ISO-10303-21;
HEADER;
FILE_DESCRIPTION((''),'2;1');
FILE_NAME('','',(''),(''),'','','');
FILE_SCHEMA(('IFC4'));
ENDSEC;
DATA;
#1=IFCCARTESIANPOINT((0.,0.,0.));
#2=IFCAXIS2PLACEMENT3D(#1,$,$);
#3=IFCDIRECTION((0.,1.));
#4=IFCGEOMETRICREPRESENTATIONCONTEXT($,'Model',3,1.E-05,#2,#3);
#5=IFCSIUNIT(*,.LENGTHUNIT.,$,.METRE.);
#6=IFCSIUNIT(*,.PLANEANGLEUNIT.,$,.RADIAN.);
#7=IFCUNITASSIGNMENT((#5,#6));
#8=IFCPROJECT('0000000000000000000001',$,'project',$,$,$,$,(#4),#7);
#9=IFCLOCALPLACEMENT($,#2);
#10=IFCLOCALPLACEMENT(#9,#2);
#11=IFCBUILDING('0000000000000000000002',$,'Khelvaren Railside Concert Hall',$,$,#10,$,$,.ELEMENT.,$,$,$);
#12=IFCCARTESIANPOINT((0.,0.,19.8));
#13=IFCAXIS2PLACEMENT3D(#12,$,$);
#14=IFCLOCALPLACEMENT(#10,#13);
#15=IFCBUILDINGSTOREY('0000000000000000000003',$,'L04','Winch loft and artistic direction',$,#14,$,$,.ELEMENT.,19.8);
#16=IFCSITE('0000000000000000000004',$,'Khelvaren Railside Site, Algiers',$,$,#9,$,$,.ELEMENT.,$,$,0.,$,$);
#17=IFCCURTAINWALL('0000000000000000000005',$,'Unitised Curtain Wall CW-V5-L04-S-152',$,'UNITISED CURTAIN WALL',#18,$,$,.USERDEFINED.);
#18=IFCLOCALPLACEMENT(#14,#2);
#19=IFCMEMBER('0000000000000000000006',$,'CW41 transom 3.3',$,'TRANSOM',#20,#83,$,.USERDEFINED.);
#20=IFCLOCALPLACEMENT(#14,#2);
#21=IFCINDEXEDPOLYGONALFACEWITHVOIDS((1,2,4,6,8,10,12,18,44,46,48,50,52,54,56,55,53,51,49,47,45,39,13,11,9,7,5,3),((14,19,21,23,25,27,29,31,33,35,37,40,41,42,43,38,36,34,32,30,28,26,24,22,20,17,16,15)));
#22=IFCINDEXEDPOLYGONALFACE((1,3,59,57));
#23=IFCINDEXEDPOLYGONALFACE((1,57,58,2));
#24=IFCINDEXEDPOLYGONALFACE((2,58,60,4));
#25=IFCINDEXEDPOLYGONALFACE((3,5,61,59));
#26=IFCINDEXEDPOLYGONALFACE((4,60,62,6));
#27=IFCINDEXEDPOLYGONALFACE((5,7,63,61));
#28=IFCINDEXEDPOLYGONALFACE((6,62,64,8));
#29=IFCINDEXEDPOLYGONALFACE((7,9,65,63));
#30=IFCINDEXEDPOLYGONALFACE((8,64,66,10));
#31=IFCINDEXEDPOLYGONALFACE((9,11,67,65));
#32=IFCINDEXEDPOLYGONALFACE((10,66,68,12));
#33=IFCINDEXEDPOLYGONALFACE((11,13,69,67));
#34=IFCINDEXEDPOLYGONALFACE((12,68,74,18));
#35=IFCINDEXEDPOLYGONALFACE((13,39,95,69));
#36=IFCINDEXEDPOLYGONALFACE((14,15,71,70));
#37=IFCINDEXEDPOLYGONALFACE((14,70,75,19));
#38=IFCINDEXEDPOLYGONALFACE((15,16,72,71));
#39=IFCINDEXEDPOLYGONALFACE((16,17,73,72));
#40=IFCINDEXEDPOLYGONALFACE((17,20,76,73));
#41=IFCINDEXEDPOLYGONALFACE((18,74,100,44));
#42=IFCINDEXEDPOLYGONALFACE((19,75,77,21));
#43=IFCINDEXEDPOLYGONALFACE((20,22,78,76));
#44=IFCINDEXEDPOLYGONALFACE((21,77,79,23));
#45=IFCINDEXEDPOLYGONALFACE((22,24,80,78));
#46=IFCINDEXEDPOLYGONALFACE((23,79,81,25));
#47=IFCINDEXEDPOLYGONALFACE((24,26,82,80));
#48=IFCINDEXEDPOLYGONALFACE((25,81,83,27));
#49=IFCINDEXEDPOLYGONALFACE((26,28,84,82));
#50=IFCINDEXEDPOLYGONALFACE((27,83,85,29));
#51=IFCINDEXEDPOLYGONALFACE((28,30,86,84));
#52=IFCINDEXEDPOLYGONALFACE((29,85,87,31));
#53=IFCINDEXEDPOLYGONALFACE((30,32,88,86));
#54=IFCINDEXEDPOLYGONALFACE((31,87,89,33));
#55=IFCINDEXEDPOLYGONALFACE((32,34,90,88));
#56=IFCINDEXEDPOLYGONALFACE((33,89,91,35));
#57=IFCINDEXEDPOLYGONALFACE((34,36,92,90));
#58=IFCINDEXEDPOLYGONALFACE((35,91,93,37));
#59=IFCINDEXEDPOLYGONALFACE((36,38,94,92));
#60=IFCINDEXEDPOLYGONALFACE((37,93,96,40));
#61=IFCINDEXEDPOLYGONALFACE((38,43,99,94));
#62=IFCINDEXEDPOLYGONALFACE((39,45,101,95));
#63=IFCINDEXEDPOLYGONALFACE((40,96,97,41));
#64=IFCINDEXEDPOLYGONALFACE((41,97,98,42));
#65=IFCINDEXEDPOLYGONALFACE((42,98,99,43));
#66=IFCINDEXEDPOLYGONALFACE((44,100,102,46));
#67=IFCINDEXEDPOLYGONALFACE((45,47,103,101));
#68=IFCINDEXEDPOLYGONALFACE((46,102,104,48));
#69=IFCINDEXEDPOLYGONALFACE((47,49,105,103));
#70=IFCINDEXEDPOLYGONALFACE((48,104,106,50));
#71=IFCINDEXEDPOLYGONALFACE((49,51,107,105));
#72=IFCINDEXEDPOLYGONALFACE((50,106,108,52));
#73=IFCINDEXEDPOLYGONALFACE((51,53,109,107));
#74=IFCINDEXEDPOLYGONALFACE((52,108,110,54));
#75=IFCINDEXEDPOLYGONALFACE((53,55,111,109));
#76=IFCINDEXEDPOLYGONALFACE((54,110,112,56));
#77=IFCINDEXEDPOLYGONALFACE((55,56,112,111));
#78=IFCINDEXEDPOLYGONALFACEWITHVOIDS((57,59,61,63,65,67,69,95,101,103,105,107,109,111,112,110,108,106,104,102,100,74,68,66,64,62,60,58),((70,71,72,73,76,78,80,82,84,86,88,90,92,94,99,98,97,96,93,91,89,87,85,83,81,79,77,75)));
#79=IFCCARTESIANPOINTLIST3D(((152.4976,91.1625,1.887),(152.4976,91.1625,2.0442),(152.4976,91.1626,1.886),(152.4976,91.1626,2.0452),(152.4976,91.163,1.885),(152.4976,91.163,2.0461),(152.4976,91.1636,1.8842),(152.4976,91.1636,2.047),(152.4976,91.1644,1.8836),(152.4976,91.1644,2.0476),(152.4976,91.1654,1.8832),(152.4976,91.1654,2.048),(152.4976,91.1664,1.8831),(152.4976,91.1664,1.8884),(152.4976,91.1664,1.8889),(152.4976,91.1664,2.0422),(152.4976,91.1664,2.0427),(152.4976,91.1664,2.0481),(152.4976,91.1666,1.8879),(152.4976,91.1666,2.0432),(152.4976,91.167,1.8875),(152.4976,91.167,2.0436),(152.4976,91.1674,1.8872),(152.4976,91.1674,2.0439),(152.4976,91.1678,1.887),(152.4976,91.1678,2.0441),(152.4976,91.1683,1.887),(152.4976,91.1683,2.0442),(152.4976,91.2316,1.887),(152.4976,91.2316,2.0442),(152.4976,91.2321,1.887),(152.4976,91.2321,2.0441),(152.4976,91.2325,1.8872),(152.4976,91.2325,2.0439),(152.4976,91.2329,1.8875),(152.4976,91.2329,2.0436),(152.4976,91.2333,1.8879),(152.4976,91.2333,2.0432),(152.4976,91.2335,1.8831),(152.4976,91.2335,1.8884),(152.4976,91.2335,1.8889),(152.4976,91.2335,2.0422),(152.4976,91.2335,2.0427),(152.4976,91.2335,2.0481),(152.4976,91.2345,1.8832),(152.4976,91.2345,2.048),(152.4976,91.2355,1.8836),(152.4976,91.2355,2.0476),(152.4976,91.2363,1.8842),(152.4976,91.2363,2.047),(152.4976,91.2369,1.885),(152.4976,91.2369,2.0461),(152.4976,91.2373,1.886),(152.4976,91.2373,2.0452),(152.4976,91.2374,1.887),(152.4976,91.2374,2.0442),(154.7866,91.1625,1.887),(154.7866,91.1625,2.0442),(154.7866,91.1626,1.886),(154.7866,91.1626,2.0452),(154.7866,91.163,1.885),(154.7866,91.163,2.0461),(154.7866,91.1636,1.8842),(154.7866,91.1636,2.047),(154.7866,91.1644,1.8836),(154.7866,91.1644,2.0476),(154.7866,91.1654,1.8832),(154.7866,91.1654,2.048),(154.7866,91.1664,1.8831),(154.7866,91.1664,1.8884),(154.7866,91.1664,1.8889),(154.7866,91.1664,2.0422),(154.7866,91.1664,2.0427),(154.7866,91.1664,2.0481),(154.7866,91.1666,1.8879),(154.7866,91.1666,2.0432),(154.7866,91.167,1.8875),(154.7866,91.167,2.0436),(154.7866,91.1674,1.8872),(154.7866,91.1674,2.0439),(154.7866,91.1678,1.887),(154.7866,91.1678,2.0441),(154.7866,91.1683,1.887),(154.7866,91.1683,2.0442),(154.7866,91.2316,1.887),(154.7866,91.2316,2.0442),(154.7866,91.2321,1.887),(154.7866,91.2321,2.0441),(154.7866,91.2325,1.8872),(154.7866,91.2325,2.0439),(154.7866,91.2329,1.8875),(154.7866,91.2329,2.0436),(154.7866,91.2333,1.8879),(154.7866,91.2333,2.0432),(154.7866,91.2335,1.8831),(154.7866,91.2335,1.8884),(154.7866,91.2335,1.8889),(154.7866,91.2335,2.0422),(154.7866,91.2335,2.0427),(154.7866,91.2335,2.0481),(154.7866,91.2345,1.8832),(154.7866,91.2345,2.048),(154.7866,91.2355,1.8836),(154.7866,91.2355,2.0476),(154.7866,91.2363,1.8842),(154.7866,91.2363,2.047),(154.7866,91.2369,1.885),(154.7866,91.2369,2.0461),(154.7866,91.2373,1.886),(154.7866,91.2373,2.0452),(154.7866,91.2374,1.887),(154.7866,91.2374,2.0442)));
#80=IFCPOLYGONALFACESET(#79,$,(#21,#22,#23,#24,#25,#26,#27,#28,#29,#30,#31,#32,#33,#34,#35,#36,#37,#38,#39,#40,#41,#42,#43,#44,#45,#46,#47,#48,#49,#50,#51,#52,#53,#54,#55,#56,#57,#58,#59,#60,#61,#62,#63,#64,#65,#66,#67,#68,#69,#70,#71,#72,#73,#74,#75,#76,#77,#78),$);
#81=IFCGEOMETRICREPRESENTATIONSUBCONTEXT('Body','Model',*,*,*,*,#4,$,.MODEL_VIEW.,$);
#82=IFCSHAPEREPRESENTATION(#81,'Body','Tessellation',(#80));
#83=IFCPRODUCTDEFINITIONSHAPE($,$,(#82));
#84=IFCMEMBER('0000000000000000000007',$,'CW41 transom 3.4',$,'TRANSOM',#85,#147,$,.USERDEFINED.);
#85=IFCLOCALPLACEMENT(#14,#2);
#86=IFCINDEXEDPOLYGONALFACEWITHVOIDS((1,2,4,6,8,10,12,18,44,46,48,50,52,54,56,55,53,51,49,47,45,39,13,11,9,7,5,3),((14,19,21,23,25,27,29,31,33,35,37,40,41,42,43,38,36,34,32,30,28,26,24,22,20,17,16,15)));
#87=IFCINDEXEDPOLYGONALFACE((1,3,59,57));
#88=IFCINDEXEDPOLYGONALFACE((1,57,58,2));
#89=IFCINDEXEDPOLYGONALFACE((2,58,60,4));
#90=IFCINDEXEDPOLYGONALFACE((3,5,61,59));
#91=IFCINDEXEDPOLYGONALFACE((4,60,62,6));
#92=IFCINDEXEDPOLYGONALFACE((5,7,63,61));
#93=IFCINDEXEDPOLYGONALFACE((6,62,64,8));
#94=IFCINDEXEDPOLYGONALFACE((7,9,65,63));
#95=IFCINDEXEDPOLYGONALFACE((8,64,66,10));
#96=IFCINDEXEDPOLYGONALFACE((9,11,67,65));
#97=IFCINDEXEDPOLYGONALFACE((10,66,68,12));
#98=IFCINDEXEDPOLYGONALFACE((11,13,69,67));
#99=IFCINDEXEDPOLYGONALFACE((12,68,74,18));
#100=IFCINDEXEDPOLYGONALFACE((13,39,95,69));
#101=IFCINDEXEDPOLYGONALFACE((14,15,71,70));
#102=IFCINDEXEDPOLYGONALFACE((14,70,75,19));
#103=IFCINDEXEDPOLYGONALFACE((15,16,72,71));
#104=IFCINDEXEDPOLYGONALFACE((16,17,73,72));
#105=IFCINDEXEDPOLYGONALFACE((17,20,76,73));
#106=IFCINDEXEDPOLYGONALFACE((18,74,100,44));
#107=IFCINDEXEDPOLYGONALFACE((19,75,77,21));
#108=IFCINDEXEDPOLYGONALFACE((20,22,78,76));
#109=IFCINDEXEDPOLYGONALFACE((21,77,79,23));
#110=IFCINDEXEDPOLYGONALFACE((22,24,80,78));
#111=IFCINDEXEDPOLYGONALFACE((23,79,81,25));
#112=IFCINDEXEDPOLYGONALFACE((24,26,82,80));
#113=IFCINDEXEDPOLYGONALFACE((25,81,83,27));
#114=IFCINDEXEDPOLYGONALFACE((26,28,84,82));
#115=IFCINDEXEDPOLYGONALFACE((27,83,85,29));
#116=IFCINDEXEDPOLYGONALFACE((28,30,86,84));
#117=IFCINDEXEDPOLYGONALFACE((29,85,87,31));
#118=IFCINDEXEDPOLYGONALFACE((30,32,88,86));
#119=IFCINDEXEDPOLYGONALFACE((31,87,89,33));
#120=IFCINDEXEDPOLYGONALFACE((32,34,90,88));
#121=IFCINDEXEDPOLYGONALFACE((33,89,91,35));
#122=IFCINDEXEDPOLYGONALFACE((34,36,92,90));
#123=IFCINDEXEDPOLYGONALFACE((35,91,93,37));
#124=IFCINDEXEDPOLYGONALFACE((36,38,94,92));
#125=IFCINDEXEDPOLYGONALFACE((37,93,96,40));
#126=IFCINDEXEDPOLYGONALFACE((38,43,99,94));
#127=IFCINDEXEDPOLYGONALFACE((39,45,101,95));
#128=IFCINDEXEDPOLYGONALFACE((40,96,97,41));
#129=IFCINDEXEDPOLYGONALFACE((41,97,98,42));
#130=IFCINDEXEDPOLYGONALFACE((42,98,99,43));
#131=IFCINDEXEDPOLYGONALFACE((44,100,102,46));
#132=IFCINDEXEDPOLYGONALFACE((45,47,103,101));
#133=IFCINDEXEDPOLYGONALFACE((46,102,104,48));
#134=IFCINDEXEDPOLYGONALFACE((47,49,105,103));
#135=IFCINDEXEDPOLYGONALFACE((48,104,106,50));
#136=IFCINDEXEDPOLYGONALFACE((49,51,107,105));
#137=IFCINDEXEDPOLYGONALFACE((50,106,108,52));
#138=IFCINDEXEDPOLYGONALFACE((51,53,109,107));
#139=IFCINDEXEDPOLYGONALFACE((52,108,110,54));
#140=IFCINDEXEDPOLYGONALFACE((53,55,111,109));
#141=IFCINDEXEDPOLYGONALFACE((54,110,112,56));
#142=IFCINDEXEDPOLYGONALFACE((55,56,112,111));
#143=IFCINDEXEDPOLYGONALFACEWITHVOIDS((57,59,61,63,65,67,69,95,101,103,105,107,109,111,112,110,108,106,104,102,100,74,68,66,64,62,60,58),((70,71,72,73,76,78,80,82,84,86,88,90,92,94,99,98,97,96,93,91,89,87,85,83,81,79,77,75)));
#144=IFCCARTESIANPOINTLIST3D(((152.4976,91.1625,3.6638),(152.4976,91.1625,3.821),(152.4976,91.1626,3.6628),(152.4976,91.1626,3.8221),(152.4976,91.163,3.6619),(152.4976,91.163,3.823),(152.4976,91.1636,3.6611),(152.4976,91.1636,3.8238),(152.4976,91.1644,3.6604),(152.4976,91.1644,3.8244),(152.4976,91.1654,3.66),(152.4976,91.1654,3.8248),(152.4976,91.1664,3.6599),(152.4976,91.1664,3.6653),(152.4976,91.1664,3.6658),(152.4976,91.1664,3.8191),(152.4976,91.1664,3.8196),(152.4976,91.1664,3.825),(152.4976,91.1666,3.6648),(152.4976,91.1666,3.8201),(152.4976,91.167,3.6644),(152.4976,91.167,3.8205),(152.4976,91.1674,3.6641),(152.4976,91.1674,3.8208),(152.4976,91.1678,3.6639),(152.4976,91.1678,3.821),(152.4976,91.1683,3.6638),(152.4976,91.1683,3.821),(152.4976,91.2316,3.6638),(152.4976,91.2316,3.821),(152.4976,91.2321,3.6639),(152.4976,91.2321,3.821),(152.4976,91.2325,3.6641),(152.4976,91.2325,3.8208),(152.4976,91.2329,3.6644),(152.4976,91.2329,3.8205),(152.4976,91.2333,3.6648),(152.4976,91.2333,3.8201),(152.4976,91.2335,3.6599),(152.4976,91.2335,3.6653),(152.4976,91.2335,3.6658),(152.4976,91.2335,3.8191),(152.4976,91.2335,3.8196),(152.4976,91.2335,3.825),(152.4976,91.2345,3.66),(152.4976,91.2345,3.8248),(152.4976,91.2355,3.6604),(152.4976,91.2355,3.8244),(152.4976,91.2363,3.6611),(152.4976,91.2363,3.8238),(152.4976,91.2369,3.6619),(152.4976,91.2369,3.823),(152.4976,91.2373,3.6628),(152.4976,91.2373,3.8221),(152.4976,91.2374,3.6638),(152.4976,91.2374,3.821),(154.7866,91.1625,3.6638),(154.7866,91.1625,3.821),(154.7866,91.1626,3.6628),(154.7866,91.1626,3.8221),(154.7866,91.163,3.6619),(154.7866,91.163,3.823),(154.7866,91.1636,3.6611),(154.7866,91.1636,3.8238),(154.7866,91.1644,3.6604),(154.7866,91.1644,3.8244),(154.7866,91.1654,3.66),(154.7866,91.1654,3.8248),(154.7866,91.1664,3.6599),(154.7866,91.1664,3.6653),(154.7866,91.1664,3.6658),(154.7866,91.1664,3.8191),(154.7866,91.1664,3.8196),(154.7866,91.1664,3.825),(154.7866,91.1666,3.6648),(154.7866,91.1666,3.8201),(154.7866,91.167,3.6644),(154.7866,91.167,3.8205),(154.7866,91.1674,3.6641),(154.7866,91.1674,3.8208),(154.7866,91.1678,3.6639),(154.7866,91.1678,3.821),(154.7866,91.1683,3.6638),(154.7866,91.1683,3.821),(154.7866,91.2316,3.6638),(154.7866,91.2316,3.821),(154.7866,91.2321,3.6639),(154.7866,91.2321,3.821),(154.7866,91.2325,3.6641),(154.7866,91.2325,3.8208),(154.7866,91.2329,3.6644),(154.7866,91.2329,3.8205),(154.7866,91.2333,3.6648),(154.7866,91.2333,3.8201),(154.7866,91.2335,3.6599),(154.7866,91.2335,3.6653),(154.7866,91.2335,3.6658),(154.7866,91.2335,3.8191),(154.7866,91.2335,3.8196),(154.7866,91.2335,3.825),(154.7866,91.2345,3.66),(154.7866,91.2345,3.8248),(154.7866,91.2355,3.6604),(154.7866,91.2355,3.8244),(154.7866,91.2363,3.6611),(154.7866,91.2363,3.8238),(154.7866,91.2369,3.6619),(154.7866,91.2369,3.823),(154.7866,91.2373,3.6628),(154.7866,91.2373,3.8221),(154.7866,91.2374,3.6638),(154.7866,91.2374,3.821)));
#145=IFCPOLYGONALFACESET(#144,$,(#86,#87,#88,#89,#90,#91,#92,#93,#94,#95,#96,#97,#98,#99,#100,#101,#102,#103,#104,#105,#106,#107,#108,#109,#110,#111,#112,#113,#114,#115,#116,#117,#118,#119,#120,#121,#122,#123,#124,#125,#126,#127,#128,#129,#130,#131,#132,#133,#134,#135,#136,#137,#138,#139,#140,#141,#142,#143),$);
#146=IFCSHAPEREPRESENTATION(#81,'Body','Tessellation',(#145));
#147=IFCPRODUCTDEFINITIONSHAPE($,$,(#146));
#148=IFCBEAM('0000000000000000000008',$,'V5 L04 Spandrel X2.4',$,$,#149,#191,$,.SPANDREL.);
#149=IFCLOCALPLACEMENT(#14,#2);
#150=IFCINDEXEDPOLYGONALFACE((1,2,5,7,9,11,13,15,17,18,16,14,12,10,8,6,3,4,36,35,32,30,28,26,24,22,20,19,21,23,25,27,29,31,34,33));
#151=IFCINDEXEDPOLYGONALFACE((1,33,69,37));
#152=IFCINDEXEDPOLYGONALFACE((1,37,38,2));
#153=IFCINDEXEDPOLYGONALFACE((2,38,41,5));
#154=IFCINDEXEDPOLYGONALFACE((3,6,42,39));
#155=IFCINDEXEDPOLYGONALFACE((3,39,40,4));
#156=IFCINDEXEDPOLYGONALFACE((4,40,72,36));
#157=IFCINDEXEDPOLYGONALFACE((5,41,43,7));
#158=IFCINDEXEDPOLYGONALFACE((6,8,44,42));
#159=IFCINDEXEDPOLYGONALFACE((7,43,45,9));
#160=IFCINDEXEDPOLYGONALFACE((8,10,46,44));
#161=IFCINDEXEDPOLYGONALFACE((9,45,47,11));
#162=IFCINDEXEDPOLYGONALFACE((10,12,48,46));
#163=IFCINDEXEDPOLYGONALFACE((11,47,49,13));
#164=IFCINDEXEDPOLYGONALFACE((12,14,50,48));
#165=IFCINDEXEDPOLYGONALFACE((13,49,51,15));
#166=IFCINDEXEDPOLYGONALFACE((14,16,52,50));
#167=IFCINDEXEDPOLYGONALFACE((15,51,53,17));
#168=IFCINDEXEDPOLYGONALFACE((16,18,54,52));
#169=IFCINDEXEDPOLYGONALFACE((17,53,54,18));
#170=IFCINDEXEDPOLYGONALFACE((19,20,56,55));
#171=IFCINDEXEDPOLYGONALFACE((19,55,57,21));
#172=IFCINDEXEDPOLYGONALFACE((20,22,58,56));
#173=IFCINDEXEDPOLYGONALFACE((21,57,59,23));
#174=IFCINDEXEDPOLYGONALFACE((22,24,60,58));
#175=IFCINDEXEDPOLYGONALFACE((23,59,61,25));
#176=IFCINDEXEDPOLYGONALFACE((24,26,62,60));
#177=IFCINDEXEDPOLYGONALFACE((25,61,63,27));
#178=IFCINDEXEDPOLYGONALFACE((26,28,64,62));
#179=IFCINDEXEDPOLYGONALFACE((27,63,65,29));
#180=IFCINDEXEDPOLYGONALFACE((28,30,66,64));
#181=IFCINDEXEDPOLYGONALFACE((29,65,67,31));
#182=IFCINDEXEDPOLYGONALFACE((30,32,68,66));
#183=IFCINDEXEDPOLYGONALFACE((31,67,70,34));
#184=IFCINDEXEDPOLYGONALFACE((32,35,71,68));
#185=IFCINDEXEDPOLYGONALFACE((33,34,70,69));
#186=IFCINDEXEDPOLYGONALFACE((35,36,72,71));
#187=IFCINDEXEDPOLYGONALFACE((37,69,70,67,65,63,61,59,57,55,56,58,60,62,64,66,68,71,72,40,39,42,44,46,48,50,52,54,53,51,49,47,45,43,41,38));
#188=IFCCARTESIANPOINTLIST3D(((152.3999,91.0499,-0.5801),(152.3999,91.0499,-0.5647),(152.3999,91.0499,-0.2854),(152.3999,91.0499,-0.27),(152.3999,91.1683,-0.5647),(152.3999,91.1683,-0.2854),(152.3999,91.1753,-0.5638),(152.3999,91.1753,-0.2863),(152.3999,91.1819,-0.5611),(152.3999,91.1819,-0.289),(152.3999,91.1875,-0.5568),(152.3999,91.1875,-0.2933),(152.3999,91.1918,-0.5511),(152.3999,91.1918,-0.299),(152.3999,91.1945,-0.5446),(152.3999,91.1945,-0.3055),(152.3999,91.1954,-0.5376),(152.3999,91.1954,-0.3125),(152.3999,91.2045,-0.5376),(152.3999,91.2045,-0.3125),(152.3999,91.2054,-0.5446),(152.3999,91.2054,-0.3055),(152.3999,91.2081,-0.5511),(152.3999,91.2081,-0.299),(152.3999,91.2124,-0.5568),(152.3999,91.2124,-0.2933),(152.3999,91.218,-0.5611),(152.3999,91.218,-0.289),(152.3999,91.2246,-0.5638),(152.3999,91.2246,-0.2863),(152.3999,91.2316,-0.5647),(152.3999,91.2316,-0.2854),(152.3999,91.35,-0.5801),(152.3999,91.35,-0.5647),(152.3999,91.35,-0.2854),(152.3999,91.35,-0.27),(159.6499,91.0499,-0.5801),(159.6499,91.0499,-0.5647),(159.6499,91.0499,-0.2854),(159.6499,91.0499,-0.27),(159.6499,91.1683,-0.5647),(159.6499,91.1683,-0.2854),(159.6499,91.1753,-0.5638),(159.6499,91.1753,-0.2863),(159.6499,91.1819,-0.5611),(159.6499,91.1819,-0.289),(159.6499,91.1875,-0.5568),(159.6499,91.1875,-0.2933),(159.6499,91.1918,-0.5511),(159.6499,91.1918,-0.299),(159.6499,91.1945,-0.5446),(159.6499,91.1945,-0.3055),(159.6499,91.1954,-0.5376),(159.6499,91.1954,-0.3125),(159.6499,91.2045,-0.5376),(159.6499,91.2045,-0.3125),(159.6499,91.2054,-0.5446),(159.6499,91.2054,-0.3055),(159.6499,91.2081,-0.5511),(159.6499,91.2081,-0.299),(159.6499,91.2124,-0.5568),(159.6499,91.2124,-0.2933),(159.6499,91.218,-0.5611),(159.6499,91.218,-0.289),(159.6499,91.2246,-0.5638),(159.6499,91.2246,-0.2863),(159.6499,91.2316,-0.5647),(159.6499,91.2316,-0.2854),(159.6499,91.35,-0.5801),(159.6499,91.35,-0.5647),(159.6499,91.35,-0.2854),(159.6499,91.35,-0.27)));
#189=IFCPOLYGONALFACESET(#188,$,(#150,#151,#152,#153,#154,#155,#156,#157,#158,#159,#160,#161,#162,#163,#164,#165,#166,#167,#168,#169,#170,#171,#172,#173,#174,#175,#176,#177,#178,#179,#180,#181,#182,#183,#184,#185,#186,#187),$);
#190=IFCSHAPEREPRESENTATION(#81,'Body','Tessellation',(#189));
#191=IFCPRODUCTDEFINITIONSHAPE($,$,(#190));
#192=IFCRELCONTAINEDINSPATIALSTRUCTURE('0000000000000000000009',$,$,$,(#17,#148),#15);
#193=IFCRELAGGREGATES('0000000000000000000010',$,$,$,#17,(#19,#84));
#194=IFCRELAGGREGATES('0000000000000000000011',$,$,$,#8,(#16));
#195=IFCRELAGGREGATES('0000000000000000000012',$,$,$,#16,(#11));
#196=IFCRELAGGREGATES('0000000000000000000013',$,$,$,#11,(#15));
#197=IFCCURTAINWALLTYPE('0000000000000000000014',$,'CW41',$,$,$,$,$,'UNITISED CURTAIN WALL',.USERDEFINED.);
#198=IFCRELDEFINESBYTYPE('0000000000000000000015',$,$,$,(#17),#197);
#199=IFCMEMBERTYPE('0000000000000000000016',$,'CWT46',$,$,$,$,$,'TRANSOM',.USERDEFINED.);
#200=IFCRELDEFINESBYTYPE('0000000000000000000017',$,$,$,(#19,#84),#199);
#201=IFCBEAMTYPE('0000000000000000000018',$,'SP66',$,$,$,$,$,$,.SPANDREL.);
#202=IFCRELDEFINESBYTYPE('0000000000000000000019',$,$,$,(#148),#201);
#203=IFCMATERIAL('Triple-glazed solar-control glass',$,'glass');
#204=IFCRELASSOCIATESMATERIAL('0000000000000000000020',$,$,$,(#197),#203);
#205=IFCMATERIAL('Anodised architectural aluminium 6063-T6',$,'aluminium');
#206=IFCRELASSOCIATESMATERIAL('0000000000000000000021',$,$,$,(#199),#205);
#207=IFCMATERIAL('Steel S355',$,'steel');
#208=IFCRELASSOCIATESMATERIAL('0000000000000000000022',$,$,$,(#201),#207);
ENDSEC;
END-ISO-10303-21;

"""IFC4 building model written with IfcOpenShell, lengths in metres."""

from ifc_helpers import new_model, si_unit, direction, frame, origin, origin_2d, place, context, subcontext, project, spatial, hollow_rectangle, i_section, extrude, material, material_profile, profile_set, type_object, element, aggregate, save


model = new_model("IFC4")

# Units and contexts
model_context = context("Model", 3, precision=1e-05, world=origin(), true_north=direction((0.0, 1.0)))
body_context = subcontext(model_context, "Body", "Model", "MODEL_VIEW")
ifc_project = project(units=[si_unit("LENGTHUNIT", "METRE"), si_unit("PLANEANGLEUNIT", "RADIAN")], contexts=[model_context])

# Site, building, storey
site_placement = place(None, origin())
site = spatial("IfcSite", under=ifc_project, at=site_placement, Name="Khelvaren Railside Site, Algiers", CompositionType="ELEMENT", RefElevation=0.0)
building_placement = place(site_placement, origin())
building = spatial("IfcBuilding", under=site, at=building_placement, Name="Khelvaren Railside Concert Hall", CompositionType="ELEMENT")
storey_placement = place(building_placement, frame((0.0, 0.0, 19.8)))
storey = spatial("IfcBuildingStorey", under=building, at=storey_placement, Name="L04", Description="Winch loft and artistic direction", CompositionType="ELEMENT", Elevation=19.8)

# Curtain wall
ifc_material_1 = material(Name="Triple-glazed solar-control glass", Category="glass")
ifc_material_2 = material(Name="Anodised architectural aluminium 6063-T6", Category="aluminium")
curtain_wall_type_1 = type_object("IfcCurtainWallType", Name="CW41", ElementType="UNITISED CURTAIN WALL", PredefinedType="USERDEFINED", material=ifc_material_1)
curtain_wall_1_placement = place(storey_placement, origin())
curtain_wall_1 = element("IfcCurtainWall", 1, at=curtain_wall_1_placement, inside=storey, type_object=curtain_wall_type_1, Name="Unitised Curtain Wall CW-V5-L04-S-152", ObjectType="UNITISED CURTAIN WALL", PredefinedType="USERDEFINED")

# Members
ifc_material_profile_1 = material_profile(ifc_material_2, hollow_rectangle(XDim=0.075, YDim=0.165, WallThickness=0.0039, InnerFilletRadius=0.002, OuterFilletRadius=0.0039, at=origin_2d()), Name="CWT 75x165x4")
ifc_profile_set_1 = profile_set([ifc_material_profile_1], Name="Anodised architectural aluminium 6063-T6")
member_type_1 = type_object("IfcMemberType", Name="CWT46", ElementType="TRANSOM", PredefinedType="USERDEFINED", material=ifc_profile_set_1)
member_1_placement = place(storey_placement, frame((154.7866, 91.2, 1.9656), z_axis=(-1.0, 0.0, 0.0), x_axis=(0.0, -1.0, 0.0)))
member_1 = element("IfcMember", 2, at=member_1_placement, type_object=member_type_1, Name="CW41 transom 3.3", ObjectType="TRANSOM", PredefinedType="USERDEFINED", context=body_context, shape_type="SweptSolid", body=[
    extrude(hollow_rectangle(XDim=0.075, YDim=0.165, WallThickness=0.0039, InnerFilletRadius=0.002, OuterFilletRadius=0.0039, at=origin_2d()), origin(), (0.0, 0.0, 1.0), 2.2891),
])
member_2_placement = place(storey_placement, frame((154.7866, 91.2, 3.7424), z_axis=(-1.0, 0.0, 0.0), x_axis=(0.0, -1.0, 0.0)))
member_2 = element("IfcMember", 3, at=member_2_placement, type_object=member_type_1, Name="CW41 transom 3.4", ObjectType="TRANSOM", PredefinedType="USERDEFINED", context=body_context, shape_type="SweptSolid", body=[
    extrude(hollow_rectangle(XDim=0.075, YDim=0.165, WallThickness=0.0039, InnerFilletRadius=0.002, OuterFilletRadius=0.0039, at=origin_2d()), origin(), (0.0, 0.0, 1.0), 2.2891),
])

# Beam
ifc_material_3 = material(Name="Steel S355", Category="steel")
ifc_material_profile_2 = material_profile(ifc_material_3, i_section(OverallWidth=0.3, OverallDepth=0.3101, WebThickness=0.009, FlangeThickness=0.0154, FilletRadius=0.0271, at=origin_2d()), Name="HEA 320")
ifc_profile_set_2 = profile_set([ifc_material_profile_2], Name="Steel S355")
beam_type = type_object("IfcBeamType", Name="SP66", PredefinedType="SPANDREL", material=ifc_profile_set_2)
beam_placement = place(storey_placement, frame((152.3999, 91.2, -0.425), z_axis=(1.0, 0.0, 0.0), x_axis=(0.0, 1.0, 0.0)))
element("IfcBeam", 4, at=beam_placement, inside=storey, type_object=beam_type, Name="V5 L04 Spandrel X2.4", PredefinedType="SPANDREL", context=body_context, shape_type="SweptSolid", body=[
    extrude(i_section(OverallWidth=0.3, OverallDepth=0.3101, WebThickness=0.009, FlangeThickness=0.0154, FilletRadius=0.0271, at=origin_2d()), origin(), (0.0, 0.0, 1.0), 7.25),
])

aggregate(curtain_wall_1, [member_1, member_2])

save(model, "model.ifc")
